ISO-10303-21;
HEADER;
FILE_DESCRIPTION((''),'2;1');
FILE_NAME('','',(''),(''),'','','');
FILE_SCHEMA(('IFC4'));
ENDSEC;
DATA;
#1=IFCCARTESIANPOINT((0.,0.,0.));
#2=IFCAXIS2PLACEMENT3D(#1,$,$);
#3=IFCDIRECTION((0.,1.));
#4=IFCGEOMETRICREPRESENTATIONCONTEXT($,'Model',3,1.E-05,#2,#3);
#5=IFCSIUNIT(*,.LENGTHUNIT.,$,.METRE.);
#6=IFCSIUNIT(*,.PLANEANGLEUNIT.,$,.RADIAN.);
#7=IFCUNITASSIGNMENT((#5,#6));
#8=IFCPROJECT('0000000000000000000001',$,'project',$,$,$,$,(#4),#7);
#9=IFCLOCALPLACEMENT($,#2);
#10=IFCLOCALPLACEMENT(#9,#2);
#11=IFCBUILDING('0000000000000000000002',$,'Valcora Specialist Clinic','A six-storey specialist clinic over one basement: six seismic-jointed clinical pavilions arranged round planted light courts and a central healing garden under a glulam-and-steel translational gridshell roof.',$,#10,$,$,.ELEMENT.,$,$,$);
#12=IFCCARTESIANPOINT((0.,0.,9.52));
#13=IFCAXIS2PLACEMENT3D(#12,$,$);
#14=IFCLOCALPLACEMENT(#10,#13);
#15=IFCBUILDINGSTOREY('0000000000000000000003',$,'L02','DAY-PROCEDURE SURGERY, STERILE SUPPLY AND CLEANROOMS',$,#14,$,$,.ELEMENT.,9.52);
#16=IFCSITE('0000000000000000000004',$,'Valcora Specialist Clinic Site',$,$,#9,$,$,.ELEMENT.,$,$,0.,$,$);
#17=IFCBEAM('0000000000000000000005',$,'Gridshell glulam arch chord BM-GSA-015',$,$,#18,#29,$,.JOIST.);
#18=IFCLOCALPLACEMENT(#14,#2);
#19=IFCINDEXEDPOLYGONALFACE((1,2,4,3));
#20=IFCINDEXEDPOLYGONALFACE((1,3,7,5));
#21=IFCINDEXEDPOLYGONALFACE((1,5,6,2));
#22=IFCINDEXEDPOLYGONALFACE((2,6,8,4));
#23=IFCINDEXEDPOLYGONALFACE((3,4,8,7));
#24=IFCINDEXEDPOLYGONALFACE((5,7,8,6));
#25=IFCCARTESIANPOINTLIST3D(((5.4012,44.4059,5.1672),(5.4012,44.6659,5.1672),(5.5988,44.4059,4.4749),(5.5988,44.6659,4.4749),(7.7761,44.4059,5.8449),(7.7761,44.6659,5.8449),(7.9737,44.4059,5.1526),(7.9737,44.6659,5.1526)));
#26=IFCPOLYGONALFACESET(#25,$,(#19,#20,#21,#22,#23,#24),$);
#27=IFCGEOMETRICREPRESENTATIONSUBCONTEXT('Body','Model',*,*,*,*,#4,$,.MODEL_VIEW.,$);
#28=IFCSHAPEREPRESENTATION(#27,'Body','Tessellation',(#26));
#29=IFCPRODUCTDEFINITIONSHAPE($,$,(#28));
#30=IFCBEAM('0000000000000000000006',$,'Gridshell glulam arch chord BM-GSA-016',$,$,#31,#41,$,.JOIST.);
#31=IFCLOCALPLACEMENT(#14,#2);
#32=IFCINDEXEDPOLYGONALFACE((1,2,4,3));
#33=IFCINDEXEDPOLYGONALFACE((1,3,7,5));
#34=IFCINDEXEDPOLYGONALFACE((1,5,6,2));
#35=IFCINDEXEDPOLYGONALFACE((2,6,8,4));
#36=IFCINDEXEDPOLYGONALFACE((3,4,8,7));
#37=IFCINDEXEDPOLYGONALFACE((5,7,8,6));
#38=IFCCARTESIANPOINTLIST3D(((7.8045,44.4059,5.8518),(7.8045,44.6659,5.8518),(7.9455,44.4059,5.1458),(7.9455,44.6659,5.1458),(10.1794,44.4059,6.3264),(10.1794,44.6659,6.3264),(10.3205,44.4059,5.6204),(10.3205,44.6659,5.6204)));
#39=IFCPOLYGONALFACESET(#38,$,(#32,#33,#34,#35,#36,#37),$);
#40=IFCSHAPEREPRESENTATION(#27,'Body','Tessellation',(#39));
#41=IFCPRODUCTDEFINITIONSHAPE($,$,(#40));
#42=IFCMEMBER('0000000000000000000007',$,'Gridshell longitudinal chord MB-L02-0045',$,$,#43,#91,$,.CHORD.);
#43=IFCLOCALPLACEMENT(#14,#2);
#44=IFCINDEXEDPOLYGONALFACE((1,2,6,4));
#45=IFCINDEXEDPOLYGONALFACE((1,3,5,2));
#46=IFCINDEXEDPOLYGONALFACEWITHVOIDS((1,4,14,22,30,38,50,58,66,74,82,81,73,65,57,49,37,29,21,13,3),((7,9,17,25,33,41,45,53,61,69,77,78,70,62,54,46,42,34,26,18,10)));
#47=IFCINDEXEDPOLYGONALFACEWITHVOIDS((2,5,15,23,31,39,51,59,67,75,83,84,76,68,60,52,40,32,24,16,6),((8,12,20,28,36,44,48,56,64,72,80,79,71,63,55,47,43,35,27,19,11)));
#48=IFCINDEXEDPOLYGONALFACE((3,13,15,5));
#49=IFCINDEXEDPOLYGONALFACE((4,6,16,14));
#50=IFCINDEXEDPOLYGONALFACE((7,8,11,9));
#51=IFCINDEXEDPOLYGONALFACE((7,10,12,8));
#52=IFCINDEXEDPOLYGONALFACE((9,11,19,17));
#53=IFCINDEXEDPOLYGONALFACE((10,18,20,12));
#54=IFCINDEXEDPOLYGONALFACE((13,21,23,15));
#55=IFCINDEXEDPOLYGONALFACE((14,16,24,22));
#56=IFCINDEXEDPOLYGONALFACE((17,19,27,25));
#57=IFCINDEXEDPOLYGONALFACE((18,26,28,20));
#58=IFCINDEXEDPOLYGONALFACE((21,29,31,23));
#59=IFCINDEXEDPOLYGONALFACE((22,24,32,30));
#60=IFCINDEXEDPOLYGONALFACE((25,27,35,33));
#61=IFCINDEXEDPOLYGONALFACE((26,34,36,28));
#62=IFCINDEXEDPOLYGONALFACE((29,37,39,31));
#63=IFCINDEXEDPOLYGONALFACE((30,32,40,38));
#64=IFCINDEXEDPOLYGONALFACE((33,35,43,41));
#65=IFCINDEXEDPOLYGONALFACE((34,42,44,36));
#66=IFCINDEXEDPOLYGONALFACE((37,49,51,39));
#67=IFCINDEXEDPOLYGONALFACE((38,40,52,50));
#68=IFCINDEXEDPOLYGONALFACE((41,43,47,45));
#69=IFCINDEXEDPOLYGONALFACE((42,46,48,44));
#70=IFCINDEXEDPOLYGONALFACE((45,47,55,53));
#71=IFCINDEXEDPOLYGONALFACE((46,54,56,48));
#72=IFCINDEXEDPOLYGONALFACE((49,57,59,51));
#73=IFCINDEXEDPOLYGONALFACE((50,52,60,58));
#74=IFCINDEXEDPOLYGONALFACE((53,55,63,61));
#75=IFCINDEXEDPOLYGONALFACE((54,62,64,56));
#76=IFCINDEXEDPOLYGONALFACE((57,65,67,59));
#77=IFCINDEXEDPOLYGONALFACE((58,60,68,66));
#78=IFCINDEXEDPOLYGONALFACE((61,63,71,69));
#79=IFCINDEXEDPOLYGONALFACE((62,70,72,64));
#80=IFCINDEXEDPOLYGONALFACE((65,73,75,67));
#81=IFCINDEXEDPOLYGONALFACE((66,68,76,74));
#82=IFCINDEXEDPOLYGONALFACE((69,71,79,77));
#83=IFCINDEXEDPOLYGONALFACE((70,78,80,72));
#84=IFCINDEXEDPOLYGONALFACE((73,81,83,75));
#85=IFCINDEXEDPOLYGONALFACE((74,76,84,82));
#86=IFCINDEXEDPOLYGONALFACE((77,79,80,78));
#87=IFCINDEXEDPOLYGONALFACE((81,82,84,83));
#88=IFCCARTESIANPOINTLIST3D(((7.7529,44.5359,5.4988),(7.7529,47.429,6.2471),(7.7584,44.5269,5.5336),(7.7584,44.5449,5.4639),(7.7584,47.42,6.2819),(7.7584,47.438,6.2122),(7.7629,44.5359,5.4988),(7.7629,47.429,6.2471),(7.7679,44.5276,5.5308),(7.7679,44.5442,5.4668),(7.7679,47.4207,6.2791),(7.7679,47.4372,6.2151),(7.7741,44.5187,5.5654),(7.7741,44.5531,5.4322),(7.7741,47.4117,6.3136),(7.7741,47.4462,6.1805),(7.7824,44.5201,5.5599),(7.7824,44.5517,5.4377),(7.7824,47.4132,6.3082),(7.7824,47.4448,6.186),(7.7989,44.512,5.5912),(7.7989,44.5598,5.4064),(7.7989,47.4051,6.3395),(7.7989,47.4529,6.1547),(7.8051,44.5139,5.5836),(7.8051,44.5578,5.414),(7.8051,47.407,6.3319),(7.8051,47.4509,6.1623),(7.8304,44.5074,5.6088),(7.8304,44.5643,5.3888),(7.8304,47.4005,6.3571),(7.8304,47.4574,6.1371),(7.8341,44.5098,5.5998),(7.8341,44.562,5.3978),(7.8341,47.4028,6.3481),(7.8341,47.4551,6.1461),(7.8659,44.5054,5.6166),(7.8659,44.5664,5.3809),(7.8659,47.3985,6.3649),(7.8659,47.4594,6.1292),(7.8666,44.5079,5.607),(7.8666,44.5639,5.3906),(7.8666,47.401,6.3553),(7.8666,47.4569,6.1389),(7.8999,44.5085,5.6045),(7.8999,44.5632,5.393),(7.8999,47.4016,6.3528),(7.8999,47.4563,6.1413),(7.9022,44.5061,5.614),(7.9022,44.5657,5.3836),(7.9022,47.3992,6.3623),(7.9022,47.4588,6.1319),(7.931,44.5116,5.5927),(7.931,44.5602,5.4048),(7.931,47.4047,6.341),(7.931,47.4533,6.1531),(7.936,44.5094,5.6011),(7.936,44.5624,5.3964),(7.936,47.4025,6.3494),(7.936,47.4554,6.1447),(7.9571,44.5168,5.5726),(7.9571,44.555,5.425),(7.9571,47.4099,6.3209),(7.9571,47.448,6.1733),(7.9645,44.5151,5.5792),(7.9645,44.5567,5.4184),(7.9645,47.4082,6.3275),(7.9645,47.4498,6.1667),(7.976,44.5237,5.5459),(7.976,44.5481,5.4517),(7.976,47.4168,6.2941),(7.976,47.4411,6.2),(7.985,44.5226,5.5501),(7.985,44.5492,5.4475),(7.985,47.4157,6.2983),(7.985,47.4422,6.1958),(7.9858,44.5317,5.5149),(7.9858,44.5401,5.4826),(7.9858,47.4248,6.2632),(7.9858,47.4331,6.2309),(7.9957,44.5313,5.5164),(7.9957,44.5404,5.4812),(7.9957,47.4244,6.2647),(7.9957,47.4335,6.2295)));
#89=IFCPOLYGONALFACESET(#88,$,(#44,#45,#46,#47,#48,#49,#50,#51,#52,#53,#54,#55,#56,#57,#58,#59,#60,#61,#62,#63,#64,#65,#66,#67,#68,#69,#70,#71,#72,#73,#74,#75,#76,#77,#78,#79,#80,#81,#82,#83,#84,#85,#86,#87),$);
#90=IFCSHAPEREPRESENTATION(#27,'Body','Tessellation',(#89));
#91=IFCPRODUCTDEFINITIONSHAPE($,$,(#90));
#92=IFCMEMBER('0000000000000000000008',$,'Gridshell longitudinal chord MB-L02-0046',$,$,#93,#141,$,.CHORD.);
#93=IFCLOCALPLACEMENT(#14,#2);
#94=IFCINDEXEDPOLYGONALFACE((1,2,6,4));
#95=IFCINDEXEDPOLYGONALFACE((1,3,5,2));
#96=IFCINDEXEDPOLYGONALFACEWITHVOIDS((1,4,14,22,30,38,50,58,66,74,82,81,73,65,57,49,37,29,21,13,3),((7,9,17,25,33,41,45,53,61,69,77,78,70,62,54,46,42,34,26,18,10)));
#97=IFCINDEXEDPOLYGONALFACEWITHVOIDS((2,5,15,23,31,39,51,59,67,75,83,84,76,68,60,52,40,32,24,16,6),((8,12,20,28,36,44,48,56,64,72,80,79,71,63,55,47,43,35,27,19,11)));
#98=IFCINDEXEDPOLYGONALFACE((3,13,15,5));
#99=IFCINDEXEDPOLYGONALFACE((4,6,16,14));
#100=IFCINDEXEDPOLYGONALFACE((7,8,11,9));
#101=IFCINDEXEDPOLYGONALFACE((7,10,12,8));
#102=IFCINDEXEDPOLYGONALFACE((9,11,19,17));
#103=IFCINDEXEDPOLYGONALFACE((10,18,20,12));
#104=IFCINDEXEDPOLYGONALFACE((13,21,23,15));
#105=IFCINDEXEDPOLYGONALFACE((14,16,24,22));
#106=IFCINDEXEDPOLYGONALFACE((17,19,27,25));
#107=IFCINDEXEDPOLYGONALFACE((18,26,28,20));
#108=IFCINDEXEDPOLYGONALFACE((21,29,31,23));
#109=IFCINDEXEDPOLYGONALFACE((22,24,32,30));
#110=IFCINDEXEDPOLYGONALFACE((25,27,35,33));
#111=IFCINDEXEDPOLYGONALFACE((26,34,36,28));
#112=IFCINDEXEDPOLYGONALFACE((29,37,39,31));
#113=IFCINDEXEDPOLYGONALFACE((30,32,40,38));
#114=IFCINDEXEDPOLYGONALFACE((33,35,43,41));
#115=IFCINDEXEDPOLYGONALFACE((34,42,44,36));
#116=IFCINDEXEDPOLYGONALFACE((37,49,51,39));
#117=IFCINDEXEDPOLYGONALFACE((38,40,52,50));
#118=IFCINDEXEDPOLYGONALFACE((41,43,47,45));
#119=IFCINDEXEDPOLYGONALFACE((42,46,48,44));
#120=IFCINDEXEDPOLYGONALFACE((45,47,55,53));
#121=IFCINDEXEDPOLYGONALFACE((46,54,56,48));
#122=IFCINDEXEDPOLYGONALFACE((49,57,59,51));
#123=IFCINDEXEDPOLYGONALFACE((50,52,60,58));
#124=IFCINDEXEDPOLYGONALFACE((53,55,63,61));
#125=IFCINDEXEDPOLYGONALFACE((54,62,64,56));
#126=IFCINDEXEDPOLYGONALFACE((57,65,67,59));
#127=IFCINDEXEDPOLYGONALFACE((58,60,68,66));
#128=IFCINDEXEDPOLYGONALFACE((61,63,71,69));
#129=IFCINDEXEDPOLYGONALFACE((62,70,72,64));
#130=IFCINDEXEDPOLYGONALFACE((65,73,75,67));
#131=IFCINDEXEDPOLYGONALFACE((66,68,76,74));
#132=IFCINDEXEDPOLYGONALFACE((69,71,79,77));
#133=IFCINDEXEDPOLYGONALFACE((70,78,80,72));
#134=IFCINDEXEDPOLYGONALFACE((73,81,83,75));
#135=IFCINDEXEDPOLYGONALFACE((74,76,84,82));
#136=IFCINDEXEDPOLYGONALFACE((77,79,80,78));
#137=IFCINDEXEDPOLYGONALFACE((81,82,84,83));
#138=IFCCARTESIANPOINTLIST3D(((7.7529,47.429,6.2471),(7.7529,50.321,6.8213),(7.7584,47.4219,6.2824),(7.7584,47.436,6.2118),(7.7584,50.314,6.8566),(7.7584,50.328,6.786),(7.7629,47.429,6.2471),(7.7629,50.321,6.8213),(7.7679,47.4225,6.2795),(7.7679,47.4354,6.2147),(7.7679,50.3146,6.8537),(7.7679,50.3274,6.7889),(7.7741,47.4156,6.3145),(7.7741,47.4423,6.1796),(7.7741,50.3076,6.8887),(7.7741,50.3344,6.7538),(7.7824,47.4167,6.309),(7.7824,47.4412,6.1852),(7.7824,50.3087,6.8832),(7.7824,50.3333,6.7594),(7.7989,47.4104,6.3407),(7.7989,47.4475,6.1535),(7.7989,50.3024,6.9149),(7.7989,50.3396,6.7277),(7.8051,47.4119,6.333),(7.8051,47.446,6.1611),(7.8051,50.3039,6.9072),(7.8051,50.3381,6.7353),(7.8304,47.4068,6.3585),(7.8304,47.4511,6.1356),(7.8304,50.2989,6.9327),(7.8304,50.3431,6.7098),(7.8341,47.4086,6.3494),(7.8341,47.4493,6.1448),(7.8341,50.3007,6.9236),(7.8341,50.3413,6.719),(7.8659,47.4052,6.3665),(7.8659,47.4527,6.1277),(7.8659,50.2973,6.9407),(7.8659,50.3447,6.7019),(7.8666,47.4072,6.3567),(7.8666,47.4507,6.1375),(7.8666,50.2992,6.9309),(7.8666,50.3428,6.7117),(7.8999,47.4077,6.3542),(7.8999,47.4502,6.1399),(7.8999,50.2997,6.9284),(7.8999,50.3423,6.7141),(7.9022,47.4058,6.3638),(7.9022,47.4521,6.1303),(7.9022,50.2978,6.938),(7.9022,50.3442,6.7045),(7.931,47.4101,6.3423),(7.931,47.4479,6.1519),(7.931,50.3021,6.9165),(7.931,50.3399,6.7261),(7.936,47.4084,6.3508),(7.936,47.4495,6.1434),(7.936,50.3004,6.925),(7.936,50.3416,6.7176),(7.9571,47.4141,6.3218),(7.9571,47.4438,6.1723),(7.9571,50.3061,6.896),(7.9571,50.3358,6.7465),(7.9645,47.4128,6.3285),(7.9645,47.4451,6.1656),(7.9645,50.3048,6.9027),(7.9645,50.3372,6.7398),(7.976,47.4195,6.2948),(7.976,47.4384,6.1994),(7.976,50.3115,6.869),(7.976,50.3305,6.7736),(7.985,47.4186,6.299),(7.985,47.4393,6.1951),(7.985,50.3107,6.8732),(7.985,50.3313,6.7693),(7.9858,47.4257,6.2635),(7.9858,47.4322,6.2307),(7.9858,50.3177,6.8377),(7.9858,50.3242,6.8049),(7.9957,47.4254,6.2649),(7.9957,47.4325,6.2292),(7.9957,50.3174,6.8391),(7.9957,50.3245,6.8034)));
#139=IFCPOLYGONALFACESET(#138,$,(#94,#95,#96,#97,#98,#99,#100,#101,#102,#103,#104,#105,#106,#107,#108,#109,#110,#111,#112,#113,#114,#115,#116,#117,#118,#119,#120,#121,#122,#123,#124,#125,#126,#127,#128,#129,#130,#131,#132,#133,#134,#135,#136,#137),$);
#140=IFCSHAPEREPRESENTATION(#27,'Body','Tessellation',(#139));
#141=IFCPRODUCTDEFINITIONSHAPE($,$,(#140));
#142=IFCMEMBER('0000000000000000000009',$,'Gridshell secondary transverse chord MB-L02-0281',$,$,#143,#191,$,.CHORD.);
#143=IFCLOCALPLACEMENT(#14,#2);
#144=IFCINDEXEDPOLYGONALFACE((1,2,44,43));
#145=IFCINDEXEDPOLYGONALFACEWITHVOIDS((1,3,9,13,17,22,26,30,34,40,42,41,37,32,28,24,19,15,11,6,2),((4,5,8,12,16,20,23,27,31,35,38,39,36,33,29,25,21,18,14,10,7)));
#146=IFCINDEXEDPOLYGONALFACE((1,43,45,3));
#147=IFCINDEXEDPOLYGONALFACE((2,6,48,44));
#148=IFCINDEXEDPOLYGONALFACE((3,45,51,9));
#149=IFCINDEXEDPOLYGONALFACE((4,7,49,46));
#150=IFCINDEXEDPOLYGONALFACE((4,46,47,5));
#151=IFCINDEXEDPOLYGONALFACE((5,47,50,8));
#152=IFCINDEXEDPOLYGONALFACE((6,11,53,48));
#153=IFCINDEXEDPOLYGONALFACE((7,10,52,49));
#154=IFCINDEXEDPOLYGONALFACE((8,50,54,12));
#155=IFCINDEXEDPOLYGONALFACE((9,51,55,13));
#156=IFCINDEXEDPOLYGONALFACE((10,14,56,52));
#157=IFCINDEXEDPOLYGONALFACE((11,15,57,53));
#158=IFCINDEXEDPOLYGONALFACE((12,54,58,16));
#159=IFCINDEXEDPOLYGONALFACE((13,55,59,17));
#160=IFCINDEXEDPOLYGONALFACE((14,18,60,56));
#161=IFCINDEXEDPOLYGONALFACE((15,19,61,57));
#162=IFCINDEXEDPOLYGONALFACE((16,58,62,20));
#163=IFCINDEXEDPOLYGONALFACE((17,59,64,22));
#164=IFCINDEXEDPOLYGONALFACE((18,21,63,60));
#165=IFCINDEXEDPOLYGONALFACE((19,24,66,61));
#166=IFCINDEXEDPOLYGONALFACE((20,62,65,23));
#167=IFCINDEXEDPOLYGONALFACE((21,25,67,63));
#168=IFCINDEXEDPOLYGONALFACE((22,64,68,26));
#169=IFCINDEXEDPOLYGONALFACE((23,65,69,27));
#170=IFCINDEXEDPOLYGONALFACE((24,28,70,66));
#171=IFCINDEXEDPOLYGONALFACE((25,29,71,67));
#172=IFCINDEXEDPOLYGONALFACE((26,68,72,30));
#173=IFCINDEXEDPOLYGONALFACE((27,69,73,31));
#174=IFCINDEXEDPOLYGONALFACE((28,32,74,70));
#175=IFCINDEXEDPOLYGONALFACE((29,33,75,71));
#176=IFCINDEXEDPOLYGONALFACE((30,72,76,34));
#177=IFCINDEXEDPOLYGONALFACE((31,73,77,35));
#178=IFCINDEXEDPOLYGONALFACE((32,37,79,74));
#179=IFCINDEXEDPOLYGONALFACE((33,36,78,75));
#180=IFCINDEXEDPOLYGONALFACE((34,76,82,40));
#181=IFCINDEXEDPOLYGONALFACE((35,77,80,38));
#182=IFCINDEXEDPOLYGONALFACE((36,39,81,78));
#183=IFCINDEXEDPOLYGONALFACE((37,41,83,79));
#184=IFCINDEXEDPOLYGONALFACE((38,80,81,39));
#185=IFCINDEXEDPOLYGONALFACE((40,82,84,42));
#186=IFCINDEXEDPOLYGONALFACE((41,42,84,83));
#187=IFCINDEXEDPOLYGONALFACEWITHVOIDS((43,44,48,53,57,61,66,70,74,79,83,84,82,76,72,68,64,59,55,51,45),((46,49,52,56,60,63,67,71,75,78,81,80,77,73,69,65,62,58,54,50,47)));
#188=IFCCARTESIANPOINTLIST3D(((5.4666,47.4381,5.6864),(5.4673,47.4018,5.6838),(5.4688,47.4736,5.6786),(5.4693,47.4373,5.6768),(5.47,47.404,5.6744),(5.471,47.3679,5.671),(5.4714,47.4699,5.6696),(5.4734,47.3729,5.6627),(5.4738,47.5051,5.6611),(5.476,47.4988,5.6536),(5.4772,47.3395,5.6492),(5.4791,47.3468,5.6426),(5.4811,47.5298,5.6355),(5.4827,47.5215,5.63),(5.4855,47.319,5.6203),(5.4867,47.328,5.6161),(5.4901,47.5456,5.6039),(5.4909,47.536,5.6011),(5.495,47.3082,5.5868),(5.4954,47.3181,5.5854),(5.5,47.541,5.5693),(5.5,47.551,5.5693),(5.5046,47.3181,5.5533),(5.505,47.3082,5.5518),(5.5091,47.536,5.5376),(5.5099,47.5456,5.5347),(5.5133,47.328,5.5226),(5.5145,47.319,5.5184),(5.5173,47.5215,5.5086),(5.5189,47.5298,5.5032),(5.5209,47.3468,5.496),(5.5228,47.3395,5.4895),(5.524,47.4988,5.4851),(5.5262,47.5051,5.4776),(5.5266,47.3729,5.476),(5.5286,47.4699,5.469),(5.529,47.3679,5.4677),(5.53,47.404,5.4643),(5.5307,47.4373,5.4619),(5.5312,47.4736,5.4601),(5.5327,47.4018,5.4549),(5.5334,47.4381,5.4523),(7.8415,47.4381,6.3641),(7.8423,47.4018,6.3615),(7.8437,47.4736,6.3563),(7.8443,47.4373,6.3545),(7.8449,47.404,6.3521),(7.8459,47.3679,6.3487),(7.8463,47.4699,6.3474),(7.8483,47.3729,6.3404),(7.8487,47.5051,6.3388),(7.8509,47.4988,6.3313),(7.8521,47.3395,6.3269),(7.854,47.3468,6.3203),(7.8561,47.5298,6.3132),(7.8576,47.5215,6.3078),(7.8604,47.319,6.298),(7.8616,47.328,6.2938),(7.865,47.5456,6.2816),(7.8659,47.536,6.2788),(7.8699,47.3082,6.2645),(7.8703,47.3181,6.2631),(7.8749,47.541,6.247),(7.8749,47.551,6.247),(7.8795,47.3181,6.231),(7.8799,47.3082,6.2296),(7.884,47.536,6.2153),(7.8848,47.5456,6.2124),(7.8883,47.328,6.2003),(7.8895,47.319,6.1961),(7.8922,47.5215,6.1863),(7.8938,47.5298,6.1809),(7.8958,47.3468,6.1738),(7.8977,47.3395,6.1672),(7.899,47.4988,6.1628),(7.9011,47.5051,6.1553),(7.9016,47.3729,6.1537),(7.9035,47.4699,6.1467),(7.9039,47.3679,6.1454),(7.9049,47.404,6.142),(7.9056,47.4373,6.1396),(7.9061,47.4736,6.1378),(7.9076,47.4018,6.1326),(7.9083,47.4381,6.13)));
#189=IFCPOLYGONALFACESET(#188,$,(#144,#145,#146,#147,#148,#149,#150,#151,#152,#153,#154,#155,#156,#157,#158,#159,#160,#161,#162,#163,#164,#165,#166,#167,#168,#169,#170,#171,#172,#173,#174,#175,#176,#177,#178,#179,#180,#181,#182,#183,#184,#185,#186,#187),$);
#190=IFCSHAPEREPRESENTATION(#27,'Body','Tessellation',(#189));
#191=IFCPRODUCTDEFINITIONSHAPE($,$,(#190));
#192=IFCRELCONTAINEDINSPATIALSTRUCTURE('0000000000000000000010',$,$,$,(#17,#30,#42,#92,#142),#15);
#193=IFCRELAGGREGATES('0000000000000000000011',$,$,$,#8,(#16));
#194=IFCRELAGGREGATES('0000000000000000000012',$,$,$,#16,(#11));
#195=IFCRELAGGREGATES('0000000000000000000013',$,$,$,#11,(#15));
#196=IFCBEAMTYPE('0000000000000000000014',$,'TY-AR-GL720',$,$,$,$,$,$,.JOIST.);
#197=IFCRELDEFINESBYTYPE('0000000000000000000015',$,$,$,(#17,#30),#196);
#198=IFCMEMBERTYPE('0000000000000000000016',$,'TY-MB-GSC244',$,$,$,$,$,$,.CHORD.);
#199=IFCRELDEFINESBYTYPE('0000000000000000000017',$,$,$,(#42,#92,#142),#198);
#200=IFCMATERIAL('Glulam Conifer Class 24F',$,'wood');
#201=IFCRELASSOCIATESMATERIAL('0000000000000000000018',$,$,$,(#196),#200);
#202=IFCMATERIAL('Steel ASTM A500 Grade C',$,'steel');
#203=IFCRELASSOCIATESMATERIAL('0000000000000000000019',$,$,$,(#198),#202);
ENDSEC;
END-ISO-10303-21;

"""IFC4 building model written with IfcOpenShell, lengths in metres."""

from ifc_helpers import new_model, si_unit, direction, frame, origin, origin_2d, place, context, subcontext, project, spatial, rectangle, hollow_circle, extrude, material, material_profile, profile_set, type_object, element, save


model = new_model("IFC4")

# Units and contexts
model_context = context("Model", 3, precision=1e-05, world=origin(), true_north=direction((0.0, 1.0)))
body_context = subcontext(model_context, "Body", "Model", "MODEL_VIEW")
ifc_project = project(units=[si_unit("LENGTHUNIT", "METRE"), si_unit("PLANEANGLEUNIT", "RADIAN")], contexts=[model_context])

# Site, building, storey
site_placement = place(None, origin())
site = spatial("IfcSite", under=ifc_project, at=site_placement, Name="Valcora Specialist Clinic Site", CompositionType="ELEMENT", RefElevation=0.0)
building_placement = place(site_placement, origin())
building = spatial("IfcBuilding", under=site, at=building_placement, Name="Valcora Specialist Clinic", Description="A six-storey specialist clinic over one basement: six seismic-jointed clinical pavilions arranged round planted light courts and a central healing garden under a glulam-and-steel translational gridshell roof.", CompositionType="ELEMENT")
storey_placement = place(building_placement, frame((0.0, 0.0, 9.52)))
storey = spatial("IfcBuildingStorey", under=building, at=storey_placement, Name="L02", Description="DAY-PROCEDURE SURGERY, STERILE SUPPLY AND CLEANROOMS", CompositionType="ELEMENT", Elevation=9.52)

# Beams
ifc_material_1 = material(Name="Glulam Conifer Class 24F", Category="wood")
ifc_material_profile_1 = material_profile(ifc_material_1, rectangle(XDim=0.26, YDim=0.72, at=origin_2d()), Name="GL-ARC-260X720")
ifc_profile_set_1 = profile_set([ifc_material_profile_1], Name="Glulam Conifer Class 24F")
beam_type = type_object("IfcBeamType", Name="TY-AR-GL720", PredefinedType="JOIST", material=ifc_profile_set_1)
beam_1_placement = place(storey_placement, frame((5.5, 44.5359, 4.821), z_axis=(0.961613, 0.0, 0.274408), x_axis=(0.0, 1.0, 0.0)))
element("IfcBeam", 1, at=beam_1_placement, inside=storey, type_object=beam_type, Name="Gridshell glulam arch chord BM-GSA-015", PredefinedType="JOIST", context=body_context, shape_type="SweptSolid", body=[
    extrude(rectangle(XDim=0.26, YDim=0.72, at=origin_2d()), origin(), (0.0, 0.0, 1.0), 2.4697),
])
beam_2_placement = place(storey_placement, frame((7.875, 44.5359, 5.4988), z_axis=(0.980612, 0.0, 0.195961), x_axis=(0.0, 1.0, 0.0)))
element("IfcBeam", 2, at=beam_2_placement, inside=storey, type_object=beam_type, Name="Gridshell glulam arch chord BM-GSA-016", PredefinedType="JOIST", context=body_context, shape_type="SweptSolid", body=[
    extrude(rectangle(XDim=0.26, YDim=0.72, at=origin_2d()), origin(), (0.0, 0.0, 1.0), 2.4219),
])

# Members
ifc_material_2 = material(Name="Steel ASTM A500 Grade C", Category="steel")
ifc_material_profile_2 = material_profile(ifc_material_2, hollow_circle(Radius=0.1221, WallThickness=0.01, at=origin_2d()), Name="ST-CHS-244X10")
ifc_profile_set_2 = profile_set([ifc_material_profile_2], Name="Steel ASTM A500 Grade C")
member_type_1 = type_object("IfcMemberType", Name="TY-MB-GSC244", PredefinedType="CHORD", material=ifc_profile_set_2)
member_1_placement = place(storey_placement, frame((7.875, 44.5359, 5.4988), z_axis=(0.0, 0.96814, 0.250409), x_axis=(-1.0, 0.0, 0.0)))
element("IfcMember", 3, at=member_1_placement, inside=storey, type_object=member_type_1, Name="Gridshell longitudinal chord MB-L02-0045", PredefinedType="CHORD", context=body_context, shape_type="SweptSolid", body=[
    extrude(hollow_circle(Radius=0.1221, WallThickness=0.01, at=origin_2d()), origin(), (0.0, 0.0, 1.0), 2.9883),
])
member_2_placement = place(storey_placement, frame((7.875, 47.429, 6.2471), z_axis=(0.0, 0.980854, 0.194747), x_axis=(-1.0, 0.0, 0.0)))
element("IfcMember", 4, at=member_2_placement, inside=storey, type_object=member_type_1, Name="Gridshell longitudinal chord MB-L02-0046", PredefinedType="CHORD", context=body_context, shape_type="SweptSolid", body=[
    extrude(hollow_circle(Radius=0.1221, WallThickness=0.01, at=origin_2d()), origin(), (0.0, 0.0, 1.0), 2.9485),
])
member_3_placement = place(storey_placement, frame((5.5, 47.429, 5.5693), z_axis=(0.961613, 0.0, 0.274408), x_axis=(0.0, 1.0, 0.0)))
element("IfcMember", 5, at=member_3_placement, inside=storey, type_object=member_type_1, Name="Gridshell secondary transverse chord MB-L02-0281", PredefinedType="CHORD", context=body_context, shape_type="SweptSolid", body=[
    extrude(hollow_circle(Radius=0.1221, WallThickness=0.01, at=origin_2d()), origin(), (0.0, 0.0, 1.0), 2.4697),
])

save(model, "model.ifc")
